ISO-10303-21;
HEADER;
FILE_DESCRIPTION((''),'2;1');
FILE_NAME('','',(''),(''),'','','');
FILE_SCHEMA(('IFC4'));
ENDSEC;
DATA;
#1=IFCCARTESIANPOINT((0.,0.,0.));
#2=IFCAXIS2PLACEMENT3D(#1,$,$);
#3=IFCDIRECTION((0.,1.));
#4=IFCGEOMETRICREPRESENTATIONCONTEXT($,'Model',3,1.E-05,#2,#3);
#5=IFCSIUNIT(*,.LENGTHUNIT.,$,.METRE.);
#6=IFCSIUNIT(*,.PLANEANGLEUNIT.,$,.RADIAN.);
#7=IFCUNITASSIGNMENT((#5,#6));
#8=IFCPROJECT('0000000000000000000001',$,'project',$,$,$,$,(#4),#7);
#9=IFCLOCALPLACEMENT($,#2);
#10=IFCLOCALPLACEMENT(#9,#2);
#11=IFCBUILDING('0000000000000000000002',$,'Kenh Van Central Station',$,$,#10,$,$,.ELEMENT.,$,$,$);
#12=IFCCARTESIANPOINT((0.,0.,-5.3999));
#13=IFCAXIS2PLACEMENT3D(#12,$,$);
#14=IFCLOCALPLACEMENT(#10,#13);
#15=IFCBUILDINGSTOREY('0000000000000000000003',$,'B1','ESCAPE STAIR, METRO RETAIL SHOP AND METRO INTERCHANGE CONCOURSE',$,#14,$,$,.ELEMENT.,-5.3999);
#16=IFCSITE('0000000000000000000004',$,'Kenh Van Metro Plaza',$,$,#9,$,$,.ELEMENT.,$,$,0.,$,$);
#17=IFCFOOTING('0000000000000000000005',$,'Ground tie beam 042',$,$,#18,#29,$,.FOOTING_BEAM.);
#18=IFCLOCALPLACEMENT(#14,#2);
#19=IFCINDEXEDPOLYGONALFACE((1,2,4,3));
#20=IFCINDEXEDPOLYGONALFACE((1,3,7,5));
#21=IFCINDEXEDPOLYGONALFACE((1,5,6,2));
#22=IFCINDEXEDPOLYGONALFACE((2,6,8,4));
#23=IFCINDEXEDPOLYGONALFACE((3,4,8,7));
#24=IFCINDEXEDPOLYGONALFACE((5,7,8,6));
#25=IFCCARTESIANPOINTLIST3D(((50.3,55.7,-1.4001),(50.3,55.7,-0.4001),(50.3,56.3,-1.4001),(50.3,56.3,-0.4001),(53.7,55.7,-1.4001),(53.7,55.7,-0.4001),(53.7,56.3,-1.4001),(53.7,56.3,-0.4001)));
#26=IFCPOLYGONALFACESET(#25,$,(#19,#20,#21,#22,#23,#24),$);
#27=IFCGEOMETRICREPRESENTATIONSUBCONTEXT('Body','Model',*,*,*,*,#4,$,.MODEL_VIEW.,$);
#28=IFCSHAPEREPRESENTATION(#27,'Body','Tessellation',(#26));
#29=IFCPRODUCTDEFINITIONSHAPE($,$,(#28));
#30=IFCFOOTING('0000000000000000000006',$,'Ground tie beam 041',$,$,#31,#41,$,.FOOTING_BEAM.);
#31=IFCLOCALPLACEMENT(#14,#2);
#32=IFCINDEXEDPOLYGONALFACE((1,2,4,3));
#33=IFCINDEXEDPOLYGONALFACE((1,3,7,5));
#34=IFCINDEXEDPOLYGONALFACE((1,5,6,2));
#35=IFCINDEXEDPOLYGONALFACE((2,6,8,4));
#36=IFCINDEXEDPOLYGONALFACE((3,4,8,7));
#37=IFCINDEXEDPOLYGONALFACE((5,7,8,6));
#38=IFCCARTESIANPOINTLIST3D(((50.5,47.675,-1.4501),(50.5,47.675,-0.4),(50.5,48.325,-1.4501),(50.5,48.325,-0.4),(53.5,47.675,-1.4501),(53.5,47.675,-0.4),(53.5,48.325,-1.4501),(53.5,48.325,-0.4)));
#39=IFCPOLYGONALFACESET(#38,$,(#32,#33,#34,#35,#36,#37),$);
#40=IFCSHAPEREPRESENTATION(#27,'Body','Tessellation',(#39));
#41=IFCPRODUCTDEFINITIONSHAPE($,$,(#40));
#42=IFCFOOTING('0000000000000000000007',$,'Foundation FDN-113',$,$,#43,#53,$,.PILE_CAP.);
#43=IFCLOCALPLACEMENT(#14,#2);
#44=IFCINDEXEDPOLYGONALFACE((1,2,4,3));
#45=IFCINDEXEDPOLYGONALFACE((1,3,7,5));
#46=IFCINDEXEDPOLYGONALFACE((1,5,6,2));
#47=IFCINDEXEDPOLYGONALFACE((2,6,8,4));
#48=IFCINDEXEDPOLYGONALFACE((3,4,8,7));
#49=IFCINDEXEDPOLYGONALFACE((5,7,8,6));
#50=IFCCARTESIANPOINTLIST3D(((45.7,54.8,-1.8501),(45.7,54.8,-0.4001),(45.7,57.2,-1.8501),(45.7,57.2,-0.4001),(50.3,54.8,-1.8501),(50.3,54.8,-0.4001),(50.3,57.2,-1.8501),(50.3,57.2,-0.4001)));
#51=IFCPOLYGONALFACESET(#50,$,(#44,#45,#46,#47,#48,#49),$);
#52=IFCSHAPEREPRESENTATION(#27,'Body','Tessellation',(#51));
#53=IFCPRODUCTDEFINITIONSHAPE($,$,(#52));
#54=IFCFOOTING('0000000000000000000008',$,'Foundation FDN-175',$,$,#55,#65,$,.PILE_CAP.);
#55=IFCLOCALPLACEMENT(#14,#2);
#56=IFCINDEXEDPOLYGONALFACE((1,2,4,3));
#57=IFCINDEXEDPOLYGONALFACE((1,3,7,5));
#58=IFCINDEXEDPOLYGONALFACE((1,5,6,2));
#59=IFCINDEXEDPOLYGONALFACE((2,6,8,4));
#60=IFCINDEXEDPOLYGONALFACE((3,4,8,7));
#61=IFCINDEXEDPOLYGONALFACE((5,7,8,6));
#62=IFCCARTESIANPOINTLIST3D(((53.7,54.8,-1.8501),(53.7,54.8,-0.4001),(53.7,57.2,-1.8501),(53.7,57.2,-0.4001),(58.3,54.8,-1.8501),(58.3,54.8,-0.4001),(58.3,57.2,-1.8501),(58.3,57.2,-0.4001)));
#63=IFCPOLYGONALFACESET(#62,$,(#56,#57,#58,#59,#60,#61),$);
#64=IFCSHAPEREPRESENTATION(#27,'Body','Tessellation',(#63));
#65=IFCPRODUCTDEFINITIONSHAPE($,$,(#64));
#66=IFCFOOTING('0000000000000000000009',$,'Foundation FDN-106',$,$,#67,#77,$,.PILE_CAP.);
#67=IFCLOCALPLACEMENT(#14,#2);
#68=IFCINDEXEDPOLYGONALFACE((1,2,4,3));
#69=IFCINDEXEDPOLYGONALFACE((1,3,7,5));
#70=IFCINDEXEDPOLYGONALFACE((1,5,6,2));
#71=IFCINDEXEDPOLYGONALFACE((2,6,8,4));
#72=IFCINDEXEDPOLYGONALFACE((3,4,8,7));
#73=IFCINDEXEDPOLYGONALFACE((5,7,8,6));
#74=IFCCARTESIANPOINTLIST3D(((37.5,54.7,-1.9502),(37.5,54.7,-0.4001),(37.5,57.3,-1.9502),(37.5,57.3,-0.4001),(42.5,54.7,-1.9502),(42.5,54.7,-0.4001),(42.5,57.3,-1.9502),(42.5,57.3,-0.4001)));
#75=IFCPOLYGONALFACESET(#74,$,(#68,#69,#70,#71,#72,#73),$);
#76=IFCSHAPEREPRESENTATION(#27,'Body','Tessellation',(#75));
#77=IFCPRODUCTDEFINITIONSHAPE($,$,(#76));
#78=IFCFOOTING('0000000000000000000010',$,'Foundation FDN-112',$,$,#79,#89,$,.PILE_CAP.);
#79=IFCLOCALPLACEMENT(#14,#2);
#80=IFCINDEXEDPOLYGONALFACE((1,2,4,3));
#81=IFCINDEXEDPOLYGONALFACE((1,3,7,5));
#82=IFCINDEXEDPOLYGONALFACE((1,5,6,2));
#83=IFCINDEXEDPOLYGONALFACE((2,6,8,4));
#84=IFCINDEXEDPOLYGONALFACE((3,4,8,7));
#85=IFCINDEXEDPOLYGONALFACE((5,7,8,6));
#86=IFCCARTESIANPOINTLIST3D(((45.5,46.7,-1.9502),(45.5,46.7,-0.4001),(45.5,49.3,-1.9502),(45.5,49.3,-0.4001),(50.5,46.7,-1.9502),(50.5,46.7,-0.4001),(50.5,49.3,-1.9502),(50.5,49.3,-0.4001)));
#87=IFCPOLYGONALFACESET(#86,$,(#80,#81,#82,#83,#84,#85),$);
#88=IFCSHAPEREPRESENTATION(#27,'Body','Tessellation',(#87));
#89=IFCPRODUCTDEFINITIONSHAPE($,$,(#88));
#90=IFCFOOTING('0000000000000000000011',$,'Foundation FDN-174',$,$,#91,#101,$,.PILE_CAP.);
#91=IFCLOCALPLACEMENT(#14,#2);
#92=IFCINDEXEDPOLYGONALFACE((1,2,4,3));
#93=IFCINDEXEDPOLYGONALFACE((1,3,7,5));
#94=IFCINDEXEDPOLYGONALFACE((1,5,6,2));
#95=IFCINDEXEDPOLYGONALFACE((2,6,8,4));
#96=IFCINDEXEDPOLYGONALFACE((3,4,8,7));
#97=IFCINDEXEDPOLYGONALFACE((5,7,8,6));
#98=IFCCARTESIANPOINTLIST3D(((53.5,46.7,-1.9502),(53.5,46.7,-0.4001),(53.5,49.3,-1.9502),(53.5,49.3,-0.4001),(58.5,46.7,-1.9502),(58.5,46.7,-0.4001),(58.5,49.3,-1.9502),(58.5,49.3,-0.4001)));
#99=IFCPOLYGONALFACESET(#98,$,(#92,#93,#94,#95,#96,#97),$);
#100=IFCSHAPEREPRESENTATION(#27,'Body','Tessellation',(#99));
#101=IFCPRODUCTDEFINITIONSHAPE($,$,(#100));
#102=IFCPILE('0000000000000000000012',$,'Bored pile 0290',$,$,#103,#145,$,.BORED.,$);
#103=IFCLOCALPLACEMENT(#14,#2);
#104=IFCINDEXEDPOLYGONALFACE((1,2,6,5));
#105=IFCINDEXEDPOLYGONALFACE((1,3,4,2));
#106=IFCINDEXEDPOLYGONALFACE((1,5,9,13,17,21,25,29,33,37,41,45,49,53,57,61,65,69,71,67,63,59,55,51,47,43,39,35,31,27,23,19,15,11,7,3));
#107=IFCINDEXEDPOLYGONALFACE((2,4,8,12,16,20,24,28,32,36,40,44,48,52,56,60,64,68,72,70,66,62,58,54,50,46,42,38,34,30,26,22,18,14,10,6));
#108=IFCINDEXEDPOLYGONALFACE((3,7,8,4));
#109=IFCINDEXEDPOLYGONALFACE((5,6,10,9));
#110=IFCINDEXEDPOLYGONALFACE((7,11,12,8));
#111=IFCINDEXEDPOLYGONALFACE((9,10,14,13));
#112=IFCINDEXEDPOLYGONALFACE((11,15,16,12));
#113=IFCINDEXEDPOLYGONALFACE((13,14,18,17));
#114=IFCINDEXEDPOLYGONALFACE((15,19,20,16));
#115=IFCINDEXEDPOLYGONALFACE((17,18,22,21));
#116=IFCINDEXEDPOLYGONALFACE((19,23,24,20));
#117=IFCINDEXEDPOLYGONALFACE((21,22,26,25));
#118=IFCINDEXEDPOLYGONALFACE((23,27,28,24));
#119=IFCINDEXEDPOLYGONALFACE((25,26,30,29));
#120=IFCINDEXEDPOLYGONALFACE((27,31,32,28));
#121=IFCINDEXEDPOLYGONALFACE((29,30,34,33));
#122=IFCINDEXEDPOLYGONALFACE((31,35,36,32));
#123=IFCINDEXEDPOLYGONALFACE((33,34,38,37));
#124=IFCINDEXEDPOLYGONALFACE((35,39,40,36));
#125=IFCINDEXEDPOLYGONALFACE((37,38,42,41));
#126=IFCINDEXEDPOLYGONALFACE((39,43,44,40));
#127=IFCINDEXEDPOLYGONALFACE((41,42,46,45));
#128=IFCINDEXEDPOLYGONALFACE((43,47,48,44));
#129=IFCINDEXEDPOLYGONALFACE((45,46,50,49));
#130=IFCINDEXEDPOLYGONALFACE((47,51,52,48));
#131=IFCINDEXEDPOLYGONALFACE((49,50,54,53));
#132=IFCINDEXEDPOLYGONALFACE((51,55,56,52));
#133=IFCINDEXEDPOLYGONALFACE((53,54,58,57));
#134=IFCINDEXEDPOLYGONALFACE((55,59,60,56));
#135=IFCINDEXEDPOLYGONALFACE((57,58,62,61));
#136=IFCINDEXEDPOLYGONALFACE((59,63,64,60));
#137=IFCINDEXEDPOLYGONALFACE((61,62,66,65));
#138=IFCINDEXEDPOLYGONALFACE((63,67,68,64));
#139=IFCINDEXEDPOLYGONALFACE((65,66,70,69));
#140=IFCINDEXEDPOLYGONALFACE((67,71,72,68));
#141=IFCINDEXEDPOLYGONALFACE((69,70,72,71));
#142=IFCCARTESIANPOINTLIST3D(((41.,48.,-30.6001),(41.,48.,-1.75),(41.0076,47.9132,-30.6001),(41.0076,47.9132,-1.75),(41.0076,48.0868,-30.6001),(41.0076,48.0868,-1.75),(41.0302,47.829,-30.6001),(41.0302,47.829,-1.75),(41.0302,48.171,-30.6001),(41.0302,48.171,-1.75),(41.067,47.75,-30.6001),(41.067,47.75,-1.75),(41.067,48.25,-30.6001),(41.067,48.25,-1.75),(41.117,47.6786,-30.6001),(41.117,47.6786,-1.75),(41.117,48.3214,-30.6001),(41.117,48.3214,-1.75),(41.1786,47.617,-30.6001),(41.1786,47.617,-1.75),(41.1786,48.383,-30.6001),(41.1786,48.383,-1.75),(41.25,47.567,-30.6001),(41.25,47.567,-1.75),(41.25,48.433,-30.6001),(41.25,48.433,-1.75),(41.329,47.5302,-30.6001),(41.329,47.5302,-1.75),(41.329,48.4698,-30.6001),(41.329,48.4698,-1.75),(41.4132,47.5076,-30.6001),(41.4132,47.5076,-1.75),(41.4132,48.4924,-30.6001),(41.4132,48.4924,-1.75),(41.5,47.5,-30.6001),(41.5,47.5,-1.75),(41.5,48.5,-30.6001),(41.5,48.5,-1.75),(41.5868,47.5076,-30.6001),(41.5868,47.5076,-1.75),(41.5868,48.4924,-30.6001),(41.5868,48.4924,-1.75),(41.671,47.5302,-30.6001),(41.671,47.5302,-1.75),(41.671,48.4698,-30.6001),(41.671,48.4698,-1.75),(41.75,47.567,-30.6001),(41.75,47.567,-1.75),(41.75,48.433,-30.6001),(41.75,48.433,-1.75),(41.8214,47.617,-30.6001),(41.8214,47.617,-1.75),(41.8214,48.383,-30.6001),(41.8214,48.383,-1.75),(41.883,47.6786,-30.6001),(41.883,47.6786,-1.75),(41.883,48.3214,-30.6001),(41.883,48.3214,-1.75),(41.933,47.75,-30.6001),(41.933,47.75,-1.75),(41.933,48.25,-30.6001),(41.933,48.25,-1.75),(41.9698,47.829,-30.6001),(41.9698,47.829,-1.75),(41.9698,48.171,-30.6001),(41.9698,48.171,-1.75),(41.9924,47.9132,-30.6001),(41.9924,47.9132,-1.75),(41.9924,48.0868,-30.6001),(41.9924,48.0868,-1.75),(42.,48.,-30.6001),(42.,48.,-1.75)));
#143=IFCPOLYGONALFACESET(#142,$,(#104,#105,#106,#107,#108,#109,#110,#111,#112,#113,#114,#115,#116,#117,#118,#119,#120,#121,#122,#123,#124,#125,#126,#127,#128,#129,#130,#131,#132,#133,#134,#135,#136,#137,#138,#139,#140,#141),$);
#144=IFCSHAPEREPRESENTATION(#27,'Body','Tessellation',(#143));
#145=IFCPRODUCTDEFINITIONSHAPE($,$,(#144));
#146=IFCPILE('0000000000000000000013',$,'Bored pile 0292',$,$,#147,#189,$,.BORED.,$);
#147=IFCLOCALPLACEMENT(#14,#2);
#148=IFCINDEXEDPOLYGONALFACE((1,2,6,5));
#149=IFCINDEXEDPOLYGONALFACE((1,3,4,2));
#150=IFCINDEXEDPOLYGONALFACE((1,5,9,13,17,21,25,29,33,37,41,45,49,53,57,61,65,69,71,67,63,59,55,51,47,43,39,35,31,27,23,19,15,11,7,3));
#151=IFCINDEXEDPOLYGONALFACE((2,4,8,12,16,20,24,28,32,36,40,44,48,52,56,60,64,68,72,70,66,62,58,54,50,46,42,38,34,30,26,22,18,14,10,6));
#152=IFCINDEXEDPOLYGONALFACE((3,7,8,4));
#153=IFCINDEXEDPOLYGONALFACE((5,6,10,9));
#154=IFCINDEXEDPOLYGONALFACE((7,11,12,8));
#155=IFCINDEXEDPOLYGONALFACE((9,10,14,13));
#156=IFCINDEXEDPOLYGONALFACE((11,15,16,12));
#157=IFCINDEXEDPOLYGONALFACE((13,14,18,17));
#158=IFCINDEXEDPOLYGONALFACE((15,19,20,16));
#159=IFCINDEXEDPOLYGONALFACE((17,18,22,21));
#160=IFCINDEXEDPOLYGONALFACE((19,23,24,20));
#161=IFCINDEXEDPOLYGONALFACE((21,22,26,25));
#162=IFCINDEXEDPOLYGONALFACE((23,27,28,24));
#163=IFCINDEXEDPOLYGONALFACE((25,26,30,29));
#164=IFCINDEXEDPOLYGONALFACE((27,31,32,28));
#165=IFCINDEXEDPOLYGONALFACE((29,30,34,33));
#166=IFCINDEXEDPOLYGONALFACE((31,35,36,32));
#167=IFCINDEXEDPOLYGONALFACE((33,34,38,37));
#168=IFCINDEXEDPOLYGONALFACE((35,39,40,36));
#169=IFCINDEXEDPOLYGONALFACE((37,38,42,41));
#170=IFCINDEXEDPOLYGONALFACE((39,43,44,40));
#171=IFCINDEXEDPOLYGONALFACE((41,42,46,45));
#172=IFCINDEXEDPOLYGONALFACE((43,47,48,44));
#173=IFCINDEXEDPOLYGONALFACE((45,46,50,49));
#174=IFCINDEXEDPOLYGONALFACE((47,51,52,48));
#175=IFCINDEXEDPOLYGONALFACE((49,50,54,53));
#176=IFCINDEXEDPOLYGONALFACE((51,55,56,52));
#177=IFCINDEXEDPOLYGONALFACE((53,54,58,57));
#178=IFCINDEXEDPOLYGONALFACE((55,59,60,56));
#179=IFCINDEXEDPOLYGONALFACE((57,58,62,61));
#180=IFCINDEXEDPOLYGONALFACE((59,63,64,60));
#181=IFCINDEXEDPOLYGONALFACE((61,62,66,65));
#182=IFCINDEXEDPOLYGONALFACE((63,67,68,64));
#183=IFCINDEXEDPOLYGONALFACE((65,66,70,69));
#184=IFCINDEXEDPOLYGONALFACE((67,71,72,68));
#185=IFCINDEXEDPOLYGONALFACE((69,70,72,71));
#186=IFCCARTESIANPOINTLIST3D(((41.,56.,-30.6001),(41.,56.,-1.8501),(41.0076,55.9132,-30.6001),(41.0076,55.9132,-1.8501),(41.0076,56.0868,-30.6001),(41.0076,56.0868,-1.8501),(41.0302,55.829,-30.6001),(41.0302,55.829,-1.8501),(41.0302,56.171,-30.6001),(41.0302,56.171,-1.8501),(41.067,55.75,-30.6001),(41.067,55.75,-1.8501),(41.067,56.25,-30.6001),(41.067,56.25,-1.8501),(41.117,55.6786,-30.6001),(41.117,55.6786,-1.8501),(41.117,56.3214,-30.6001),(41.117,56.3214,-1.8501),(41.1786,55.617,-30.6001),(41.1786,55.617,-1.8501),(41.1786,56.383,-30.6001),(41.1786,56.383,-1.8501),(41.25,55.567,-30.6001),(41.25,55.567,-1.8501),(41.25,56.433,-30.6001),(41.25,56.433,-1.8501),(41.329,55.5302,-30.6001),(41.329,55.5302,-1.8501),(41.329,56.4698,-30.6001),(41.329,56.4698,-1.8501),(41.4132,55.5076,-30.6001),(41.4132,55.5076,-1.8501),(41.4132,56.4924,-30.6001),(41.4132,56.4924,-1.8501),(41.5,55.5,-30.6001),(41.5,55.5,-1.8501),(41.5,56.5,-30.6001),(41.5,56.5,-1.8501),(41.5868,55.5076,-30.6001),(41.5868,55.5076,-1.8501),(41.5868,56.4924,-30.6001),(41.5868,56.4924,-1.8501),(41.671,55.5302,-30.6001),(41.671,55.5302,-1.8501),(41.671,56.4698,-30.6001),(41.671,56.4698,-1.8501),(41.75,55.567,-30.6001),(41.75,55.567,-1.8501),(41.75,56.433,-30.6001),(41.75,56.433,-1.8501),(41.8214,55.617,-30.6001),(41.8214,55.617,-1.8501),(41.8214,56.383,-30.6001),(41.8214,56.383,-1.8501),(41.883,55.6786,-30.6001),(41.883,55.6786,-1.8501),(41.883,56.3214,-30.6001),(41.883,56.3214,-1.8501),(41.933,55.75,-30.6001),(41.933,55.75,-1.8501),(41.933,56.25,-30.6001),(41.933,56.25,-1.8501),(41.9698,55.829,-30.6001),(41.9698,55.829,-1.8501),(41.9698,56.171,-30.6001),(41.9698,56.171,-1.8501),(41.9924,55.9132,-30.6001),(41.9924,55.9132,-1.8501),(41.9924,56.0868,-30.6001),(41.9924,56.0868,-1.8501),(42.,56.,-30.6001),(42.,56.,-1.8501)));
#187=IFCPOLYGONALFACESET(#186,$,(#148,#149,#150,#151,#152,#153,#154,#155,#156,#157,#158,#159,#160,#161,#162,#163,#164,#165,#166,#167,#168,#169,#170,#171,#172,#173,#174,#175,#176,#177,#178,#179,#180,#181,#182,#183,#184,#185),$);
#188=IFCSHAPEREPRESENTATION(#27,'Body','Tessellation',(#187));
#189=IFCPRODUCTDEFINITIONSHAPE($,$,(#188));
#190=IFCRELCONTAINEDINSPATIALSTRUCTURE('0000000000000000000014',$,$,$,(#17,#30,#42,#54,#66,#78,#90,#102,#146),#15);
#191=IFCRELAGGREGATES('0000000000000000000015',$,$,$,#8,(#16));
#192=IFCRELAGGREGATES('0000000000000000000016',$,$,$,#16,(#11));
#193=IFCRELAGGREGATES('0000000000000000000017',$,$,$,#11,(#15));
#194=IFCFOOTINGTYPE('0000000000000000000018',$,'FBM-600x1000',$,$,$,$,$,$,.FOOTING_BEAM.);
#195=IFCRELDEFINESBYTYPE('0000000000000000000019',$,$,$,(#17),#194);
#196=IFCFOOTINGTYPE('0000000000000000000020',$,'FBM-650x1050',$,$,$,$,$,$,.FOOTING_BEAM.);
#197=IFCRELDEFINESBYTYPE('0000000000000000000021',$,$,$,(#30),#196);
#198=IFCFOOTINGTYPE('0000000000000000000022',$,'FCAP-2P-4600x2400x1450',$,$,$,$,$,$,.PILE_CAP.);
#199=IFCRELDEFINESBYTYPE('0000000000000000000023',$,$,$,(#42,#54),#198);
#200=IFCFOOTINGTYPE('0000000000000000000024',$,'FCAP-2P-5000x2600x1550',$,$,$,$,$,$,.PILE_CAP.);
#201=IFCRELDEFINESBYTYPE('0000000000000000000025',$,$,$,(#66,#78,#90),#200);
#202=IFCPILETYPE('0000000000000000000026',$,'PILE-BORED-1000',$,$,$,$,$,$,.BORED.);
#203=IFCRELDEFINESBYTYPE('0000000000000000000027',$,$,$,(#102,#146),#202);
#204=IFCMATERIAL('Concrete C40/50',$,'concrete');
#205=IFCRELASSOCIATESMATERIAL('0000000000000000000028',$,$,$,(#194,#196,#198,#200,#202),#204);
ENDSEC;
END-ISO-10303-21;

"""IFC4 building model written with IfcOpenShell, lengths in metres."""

from ifc_helpers import new_model, si_unit, direction, frame, origin, origin_2d, place, context, subcontext, project, spatial, rectangle, circle, extrude, material, material_profile, profile_set, type_object, element, save


model = new_model("IFC4")

# Units and contexts
model_context = context("Model", 3, precision=1e-05, world=origin(), true_north=direction((0.0, 1.0)))
body_context = subcontext(model_context, "Body", "Model", "MODEL_VIEW")
ifc_project = project(units=[si_unit("LENGTHUNIT", "METRE"), si_unit("PLANEANGLEUNIT", "RADIAN")], contexts=[model_context])

# Site, building, storey
site_placement = place(None, origin())
site = spatial("IfcSite", under=ifc_project, at=site_placement, Name="Kenh Van Metro Plaza", CompositionType="ELEMENT", RefElevation=0.0)
building_placement = place(site_placement, origin())
building = spatial("IfcBuilding", under=site, at=building_placement, Name="Kenh Van Central Station", CompositionType="ELEMENT")
storey_placement = place(building_placement, frame((0.0, 0.0, -5.3999)))
storey = spatial("IfcBuildingStorey", under=building, at=storey_placement, Name="B1", Description="ESCAPE STAIR, METRO RETAIL SHOP AND METRO INTERCHANGE CONCOURSE", CompositionType="ELEMENT", Elevation=-5.3999)

# Footings
ifc_material_1 = material(Name="Concrete C40/50", Category="concrete")
ifc_material_profile_1 = material_profile(ifc_material_1, rectangle(XDim=0.6001, YDim=1.0, at=origin_2d()), Name="RC 600x1000")
ifc_profile_set_1 = profile_set([ifc_material_profile_1], Name="Concrete C40/50")
footing_type_1 = type_object("IfcFootingType", Name="FBM-600x1000", PredefinedType="FOOTING_BEAM", material=ifc_profile_set_1)
footing_1_placement = place(storey_placement, frame((50.3, 56.0, -0.9001), z_axis=(1.0, 0.0, 0.0), x_axis=(0.0, 1.0, 0.0)))
element("IfcFooting", 1, at=footing_1_placement, inside=storey, type_object=footing_type_1, Name="Ground tie beam 042", PredefinedType="FOOTING_BEAM", context=body_context, shape_type="SweptSolid", body=[
    extrude(rectangle(XDim=0.6001, YDim=1.0, at=origin_2d()), origin(), (0.0, 0.0, 1.0), 3.3999),
])
ifc_material_profile_2 = material_profile(ifc_material_1, rectangle(XDim=0.6499, YDim=1.05, at=origin_2d()), Name="RC 650x1050")
ifc_profile_set_2 = profile_set([ifc_material_profile_2], Name="Concrete C40/50")
footing_type_2 = type_object("IfcFootingType", Name="FBM-650x1050", PredefinedType="FOOTING_BEAM", material=ifc_profile_set_2)
footing_2_placement = place(storey_placement, frame((50.5, 48.0, -0.925), z_axis=(1.0, 0.0, 0.0), x_axis=(0.0, 1.0, 0.0)))
element("IfcFooting", 2, at=footing_2_placement, inside=storey, type_object=footing_type_2, Name="Ground tie beam 041", PredefinedType="FOOTING_BEAM", context=body_context, shape_type="SweptSolid", body=[
    extrude(rectangle(XDim=0.6499, YDim=1.05, at=origin_2d()), origin(), (0.0, 0.0, 1.0), 3.0),
])
footing_type_3 = type_object("IfcFootingType", Name="FCAP-2P-4600x2400x1450", PredefinedType="PILE_CAP", material=ifc_material_1)
for number, where, z_axis, x_axis, name in (
    (3, (48.0, 56.0, -1.8501), (0.0, 0.0, 1.0), (1.0, 0.0, 0.0), "Foundation FDN-113"),
    (4, (56.0, 56.0, -1.8501), (0.0, 0.0, 1.0), (1.0, 0.0, 0.0), "Foundation FDN-175"),
):
    element("IfcFooting", number, at=place(storey_placement, frame(where, z_axis=z_axis, x_axis=x_axis)), inside=storey, type_object=footing_type_3, Name=name, PredefinedType="PILE_CAP", context=body_context, shape_type="SweptSolid", body=[
        extrude(rectangle(XDim=4.6001, YDim=2.3999, at=origin_2d()), origin(), (0.0, 0.0, 1.0), 1.45),
    ])
footing_type_4 = type_object("IfcFootingType", Name="FCAP-2P-5000x2600x1550", PredefinedType="PILE_CAP", material=ifc_material_1)
for number, where, z_axis, x_axis, name in (
    (5, (40.0, 56.0, -1.9502), (0.0, 0.0, 1.0), (1.0, 0.0, 0.0), "Foundation FDN-106"),
    (6, (48.0, 48.0, -1.9502), (0.0, 0.0, 1.0), (1.0, 0.0, 0.0), "Foundation FDN-112"),
    (7, (56.0, 48.0, -1.9502), (0.0, 0.0, 1.0), (1.0, 0.0, 0.0), "Foundation FDN-174"),
):
    element("IfcFooting", number, at=place(storey_placement, frame(where, z_axis=z_axis, x_axis=x_axis)), inside=storey, type_object=footing_type_4, Name=name, PredefinedType="PILE_CAP", context=body_context, shape_type="SweptSolid", body=[
        extrude(rectangle(XDim=5.0, YDim=2.6001, at=origin_2d()), origin(), (0.0, 0.0, 1.0), 1.55),
    ])

# Piles
ifc_material_profile_3 = material_profile(ifc_material_1, circle(Radius=0.5, at=origin_2d()), Name="PILE D1000")
ifc_profile_set_3 = profile_set([ifc_material_profile_3], Name="Concrete C40/50")
pile_type = type_object("IfcPileType", Name="PILE-BORED-1000", PredefinedType="BORED", material=ifc_profile_set_3)
pile_1_placement = place(storey_placement, frame((41.5, 48.0, -1.75), z_axis=(0.0, 0.0, -1.0), x_axis=(1.0, 0.0, 0.0)))
element("IfcPile", 8, at=pile_1_placement, inside=storey, type_object=pile_type, Name="Bored pile 0290", PredefinedType="BORED", context=body_context, shape_type="SweptSolid", body=[
    extrude(circle(Radius=0.5, at=origin_2d()), origin(), (0.0, 0.0, 1.0), 28.8501),
])
for number, where, z_axis, x_axis, name in (
    (9, (41.5, 56.0, -1.8501), (0.0, 0.0, -1.0), (1.0, 0.0, 0.0), "Bored pile 0292"),
):
    element("IfcPile", number, at=place(storey_placement, frame(where, z_axis=z_axis, x_axis=x_axis)), inside=storey, type_object=pile_type, Name=name, PredefinedType="BORED", context=body_context, shape_type="SweptSolid", body=[
        extrude(circle(Radius=0.5, at=origin_2d()), origin(), (0.0, 0.0, 1.0), 28.75),
    ])

save(model, "model.ifc")
